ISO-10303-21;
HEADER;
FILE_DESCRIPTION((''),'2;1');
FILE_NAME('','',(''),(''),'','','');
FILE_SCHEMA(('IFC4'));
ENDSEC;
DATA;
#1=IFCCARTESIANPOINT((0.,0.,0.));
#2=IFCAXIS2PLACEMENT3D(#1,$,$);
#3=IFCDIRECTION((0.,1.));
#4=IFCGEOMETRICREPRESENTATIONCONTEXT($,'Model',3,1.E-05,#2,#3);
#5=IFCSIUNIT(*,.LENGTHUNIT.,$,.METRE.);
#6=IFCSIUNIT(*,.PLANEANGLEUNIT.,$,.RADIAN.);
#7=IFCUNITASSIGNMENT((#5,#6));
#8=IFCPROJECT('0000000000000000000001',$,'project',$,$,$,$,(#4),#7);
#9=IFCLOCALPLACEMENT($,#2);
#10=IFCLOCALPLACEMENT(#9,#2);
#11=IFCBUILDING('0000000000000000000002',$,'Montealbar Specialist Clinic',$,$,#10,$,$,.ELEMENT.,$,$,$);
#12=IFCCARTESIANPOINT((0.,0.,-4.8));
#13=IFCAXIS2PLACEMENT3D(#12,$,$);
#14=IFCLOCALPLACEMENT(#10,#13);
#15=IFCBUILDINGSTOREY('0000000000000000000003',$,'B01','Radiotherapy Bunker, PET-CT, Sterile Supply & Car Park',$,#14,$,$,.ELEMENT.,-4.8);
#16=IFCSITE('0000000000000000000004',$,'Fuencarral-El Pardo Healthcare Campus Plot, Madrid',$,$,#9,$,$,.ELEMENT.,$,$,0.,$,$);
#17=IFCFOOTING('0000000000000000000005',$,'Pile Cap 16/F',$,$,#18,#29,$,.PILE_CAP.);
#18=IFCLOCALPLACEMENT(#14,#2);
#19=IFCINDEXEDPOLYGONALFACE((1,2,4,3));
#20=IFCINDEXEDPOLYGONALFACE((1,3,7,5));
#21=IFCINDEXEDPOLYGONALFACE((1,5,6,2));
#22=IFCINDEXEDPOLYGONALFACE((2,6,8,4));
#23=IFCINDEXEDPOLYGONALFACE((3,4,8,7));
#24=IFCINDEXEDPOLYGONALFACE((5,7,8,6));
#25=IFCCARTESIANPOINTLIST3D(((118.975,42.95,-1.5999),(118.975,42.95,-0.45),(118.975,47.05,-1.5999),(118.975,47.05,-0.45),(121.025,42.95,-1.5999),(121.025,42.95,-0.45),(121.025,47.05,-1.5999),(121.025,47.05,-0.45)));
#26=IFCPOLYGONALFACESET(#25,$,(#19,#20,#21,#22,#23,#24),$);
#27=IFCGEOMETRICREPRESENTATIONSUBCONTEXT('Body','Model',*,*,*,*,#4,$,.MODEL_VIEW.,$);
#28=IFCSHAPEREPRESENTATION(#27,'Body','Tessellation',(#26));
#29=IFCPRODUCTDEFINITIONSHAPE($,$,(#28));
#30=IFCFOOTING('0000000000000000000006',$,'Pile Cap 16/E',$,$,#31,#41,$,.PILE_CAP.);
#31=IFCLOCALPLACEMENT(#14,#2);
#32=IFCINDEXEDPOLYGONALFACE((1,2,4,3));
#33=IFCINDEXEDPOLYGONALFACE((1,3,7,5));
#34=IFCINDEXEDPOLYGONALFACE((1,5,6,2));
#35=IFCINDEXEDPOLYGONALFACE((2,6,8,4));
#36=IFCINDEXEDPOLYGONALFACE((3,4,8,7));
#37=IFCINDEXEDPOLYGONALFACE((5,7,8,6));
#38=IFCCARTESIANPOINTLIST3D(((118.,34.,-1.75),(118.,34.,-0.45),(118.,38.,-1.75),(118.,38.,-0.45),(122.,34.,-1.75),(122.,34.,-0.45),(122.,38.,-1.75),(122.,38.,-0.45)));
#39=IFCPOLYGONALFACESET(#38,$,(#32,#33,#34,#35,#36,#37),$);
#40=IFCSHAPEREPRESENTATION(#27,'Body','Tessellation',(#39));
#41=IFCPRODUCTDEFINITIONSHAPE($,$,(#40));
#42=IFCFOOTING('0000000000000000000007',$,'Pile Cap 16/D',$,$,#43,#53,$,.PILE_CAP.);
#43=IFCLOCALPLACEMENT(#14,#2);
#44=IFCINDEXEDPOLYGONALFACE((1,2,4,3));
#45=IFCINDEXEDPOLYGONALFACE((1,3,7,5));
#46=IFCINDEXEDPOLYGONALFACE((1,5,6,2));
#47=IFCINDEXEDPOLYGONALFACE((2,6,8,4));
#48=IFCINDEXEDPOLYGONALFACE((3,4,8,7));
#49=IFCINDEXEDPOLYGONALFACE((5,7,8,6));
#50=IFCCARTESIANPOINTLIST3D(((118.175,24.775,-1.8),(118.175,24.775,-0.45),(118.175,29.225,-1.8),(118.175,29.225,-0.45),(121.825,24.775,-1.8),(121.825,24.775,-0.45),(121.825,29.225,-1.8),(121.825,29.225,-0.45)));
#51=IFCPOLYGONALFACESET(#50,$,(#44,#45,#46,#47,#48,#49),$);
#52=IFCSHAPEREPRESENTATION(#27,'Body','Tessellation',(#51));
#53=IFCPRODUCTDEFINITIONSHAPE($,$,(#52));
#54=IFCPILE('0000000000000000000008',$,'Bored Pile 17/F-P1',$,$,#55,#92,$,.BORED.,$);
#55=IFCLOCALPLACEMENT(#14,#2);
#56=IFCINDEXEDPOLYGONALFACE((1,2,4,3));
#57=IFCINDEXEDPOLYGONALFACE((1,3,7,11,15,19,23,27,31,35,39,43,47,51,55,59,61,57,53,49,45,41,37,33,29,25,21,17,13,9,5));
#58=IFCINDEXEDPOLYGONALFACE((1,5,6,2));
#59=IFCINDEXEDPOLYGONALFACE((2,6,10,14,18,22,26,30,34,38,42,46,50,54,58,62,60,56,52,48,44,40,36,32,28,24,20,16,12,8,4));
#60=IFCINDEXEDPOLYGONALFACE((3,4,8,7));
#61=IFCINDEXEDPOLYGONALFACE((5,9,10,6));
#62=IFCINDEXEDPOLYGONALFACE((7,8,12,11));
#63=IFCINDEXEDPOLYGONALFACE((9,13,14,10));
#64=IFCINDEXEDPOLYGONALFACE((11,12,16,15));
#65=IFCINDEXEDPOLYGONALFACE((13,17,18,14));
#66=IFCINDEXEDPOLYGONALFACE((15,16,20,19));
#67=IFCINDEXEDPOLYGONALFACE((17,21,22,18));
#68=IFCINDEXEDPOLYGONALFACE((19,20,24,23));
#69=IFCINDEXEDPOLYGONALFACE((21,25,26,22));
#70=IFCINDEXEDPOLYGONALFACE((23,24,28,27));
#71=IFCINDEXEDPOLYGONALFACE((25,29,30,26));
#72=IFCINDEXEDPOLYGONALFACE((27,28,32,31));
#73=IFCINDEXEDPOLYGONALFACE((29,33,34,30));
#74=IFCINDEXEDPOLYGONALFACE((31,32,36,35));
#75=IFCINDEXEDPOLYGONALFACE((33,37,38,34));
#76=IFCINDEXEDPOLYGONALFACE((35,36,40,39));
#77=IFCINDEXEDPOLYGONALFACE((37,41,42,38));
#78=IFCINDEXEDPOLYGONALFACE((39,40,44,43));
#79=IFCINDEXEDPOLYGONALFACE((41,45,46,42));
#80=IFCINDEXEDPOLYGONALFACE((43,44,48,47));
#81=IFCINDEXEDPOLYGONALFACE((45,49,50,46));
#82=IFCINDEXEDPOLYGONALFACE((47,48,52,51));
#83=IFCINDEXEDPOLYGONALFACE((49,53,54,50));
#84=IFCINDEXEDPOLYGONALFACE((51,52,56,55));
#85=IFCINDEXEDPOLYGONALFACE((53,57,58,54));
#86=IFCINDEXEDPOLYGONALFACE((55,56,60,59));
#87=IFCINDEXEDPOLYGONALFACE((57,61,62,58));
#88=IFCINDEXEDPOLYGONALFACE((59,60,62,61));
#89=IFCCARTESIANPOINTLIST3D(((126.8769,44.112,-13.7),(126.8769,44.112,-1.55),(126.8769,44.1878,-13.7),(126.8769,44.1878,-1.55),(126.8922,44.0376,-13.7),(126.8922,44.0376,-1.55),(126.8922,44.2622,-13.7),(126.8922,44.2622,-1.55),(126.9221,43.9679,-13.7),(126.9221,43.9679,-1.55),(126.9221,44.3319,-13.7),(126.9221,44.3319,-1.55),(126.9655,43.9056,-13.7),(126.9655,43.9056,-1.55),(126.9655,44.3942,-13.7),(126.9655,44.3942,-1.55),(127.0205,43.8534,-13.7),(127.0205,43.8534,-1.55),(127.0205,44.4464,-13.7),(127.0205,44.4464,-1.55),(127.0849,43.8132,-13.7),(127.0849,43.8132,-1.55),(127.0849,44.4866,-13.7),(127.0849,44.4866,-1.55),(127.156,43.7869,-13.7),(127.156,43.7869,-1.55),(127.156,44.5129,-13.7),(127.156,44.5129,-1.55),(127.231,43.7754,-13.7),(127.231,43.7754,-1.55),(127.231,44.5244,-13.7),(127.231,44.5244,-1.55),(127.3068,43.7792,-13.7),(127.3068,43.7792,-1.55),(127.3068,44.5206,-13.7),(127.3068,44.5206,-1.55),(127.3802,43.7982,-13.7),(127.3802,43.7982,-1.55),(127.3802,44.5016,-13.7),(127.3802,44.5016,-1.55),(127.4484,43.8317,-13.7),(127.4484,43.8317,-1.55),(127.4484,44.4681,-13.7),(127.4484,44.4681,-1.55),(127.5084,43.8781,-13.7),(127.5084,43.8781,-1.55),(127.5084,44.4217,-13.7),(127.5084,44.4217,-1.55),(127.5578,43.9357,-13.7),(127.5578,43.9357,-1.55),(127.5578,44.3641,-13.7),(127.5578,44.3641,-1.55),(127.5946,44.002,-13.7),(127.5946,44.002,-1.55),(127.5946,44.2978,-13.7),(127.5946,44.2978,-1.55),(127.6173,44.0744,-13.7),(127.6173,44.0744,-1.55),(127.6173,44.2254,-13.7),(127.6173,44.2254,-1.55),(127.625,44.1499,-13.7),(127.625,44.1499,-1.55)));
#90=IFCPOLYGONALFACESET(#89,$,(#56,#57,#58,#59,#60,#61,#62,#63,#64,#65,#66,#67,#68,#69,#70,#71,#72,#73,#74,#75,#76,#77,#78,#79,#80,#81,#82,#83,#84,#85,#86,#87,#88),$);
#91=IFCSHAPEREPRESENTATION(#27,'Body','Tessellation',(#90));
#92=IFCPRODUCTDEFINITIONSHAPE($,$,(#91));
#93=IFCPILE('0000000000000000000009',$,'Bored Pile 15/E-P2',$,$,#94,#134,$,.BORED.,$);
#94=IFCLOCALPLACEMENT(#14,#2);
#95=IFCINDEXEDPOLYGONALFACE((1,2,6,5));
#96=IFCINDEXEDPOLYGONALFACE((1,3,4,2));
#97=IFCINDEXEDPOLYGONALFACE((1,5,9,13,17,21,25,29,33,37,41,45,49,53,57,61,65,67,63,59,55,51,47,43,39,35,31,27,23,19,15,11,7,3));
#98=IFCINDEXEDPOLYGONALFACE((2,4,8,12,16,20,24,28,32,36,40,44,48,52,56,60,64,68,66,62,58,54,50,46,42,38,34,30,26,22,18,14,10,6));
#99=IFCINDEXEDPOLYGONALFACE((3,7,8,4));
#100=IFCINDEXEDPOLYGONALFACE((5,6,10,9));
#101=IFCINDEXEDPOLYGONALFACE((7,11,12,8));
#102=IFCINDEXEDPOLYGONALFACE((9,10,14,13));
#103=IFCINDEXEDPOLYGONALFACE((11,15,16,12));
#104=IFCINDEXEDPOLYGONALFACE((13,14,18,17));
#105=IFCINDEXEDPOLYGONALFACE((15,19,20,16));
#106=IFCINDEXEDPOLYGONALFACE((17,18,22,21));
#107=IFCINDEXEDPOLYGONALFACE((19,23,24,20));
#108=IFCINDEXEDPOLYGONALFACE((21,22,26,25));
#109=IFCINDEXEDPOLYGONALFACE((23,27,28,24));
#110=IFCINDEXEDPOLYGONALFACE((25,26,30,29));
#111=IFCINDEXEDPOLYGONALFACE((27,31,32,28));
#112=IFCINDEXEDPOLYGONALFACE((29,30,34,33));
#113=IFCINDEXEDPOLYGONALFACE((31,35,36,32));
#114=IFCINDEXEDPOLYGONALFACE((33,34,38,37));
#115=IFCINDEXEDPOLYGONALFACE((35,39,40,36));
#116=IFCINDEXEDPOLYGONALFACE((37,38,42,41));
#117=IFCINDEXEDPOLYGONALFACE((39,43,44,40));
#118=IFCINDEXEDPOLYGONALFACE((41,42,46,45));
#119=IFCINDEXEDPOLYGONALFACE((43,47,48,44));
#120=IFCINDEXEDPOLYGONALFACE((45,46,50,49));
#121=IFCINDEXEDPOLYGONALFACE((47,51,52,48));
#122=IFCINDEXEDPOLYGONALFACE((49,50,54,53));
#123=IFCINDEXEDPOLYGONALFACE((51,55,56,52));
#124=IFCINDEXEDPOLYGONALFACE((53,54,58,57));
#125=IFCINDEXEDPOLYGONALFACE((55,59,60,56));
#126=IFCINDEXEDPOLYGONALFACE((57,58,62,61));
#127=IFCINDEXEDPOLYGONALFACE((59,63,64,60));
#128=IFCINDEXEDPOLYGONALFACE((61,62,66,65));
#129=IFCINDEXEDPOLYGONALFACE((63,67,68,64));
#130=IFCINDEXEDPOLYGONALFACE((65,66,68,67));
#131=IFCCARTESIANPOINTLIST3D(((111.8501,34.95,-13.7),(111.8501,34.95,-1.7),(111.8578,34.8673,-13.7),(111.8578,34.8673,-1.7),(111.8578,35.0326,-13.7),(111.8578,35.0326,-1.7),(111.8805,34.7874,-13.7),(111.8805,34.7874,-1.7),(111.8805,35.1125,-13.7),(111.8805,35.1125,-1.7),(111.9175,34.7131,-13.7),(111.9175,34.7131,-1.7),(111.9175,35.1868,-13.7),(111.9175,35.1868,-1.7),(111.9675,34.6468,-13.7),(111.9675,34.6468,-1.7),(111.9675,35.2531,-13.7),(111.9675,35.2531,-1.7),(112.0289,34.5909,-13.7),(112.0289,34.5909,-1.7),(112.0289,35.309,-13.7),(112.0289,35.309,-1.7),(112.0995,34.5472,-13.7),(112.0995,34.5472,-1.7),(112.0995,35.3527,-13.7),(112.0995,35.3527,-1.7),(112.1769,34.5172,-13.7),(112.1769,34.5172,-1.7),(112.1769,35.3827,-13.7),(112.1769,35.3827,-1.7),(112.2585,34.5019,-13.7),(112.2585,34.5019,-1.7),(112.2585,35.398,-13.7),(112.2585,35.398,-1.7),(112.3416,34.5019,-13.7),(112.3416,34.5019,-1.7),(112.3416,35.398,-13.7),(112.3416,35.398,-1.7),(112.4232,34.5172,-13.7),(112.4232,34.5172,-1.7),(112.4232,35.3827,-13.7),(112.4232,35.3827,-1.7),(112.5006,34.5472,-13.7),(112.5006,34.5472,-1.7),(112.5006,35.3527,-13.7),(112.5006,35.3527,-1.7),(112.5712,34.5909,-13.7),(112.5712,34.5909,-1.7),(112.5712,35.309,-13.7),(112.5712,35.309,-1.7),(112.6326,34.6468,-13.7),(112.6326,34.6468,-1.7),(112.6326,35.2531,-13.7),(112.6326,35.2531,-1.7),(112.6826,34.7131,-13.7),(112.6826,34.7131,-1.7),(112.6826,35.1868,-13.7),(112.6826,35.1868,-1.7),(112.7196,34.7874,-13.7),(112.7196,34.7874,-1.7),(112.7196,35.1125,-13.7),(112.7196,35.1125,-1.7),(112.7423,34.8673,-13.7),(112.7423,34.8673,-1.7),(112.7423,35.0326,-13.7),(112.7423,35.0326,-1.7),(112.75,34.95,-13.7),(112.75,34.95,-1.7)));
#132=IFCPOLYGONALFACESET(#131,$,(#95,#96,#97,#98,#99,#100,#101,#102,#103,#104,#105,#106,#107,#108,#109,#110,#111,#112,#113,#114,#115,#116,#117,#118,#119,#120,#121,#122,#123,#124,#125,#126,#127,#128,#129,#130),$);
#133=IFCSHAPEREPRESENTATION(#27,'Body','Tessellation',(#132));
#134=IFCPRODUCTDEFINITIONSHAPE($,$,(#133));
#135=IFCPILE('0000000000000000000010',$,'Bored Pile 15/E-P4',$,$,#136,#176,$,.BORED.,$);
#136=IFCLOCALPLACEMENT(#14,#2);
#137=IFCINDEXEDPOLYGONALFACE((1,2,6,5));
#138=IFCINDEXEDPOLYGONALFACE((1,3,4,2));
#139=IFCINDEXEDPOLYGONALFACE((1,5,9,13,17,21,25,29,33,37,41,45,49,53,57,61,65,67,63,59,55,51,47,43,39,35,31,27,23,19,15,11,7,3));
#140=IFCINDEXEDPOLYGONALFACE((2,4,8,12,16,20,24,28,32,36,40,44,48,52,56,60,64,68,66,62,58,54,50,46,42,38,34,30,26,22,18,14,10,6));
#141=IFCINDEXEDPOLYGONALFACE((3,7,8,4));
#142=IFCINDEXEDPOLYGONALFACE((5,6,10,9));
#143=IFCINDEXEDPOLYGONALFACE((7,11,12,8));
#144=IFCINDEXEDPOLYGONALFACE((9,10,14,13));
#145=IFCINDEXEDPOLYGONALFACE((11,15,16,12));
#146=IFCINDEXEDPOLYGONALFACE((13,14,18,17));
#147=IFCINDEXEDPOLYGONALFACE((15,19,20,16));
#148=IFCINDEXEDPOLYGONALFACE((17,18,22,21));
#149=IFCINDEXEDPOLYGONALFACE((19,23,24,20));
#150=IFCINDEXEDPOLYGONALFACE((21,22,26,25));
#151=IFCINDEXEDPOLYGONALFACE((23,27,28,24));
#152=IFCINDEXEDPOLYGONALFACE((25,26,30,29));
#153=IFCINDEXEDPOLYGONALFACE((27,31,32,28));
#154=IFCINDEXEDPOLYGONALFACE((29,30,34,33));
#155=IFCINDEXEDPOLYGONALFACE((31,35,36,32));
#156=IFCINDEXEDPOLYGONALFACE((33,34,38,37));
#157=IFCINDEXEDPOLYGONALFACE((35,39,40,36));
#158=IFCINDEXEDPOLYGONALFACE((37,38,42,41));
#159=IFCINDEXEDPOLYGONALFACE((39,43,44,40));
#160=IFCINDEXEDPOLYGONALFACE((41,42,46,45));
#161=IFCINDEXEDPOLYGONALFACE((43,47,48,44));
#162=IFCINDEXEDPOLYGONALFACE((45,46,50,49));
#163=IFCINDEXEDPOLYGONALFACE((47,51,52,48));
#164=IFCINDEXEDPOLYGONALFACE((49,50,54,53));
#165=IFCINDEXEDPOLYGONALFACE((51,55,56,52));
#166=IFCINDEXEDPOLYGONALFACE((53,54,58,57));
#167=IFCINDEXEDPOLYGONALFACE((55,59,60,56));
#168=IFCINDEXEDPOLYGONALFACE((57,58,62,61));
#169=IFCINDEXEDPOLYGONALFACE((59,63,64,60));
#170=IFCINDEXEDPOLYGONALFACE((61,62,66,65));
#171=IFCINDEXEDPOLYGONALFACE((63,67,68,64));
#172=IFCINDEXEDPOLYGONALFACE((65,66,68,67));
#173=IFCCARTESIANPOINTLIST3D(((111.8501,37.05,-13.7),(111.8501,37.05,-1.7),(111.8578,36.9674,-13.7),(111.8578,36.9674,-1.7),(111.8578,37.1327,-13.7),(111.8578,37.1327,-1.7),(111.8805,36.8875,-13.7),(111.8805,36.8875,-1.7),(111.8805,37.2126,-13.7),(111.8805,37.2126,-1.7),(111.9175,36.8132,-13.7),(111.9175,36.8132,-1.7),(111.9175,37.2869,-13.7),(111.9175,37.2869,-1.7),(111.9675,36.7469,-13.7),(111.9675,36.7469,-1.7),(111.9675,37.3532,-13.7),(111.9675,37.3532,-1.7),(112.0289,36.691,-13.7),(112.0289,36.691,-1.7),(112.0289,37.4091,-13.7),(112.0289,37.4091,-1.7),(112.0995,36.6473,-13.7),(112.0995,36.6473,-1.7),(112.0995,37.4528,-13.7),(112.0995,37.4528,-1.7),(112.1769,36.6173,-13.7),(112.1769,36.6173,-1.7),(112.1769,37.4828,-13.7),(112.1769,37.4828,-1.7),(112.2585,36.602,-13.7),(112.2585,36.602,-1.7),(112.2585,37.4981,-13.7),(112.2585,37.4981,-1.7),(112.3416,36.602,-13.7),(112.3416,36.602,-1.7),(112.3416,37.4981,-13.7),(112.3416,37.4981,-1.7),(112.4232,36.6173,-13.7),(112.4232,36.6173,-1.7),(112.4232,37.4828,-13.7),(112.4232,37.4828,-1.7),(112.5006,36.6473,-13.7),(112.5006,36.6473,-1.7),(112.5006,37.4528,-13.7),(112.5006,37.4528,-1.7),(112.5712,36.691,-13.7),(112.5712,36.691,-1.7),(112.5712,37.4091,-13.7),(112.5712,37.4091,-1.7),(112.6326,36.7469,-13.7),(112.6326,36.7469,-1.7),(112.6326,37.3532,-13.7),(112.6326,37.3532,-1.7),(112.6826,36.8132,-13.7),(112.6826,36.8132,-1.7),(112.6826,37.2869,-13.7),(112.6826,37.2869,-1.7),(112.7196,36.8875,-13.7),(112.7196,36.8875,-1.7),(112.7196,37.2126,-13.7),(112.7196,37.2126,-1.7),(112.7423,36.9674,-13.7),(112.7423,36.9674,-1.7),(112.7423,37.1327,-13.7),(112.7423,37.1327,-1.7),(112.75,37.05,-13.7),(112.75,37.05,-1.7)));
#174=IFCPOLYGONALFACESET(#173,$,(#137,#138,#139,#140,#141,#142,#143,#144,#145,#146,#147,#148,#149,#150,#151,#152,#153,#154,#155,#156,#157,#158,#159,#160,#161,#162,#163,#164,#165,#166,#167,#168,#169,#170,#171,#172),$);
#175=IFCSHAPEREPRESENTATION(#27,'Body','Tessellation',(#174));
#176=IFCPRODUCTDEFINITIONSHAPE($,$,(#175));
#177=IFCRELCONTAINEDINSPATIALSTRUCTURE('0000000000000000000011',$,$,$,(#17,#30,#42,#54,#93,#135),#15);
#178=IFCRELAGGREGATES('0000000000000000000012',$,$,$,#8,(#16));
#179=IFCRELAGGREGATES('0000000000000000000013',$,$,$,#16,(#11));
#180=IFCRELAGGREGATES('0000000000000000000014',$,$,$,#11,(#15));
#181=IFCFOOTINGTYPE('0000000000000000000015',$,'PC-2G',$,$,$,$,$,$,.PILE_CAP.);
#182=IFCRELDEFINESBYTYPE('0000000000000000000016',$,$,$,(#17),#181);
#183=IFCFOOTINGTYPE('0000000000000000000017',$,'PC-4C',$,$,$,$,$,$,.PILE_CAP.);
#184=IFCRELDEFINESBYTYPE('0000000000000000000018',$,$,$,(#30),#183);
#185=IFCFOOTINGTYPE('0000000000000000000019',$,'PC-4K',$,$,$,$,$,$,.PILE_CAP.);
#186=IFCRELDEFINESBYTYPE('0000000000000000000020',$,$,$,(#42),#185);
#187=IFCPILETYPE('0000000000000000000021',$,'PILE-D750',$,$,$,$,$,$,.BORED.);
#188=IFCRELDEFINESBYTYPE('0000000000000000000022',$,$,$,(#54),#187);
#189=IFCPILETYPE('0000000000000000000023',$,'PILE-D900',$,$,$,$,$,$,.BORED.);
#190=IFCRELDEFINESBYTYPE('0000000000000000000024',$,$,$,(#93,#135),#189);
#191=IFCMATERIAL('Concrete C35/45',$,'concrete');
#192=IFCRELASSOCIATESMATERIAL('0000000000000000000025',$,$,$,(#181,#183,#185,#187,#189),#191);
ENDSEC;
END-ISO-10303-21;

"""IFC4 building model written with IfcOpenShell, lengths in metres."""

from ifc_helpers import new_model, si_unit, direction, frame, origin, origin_2d, place, context, subcontext, project, spatial, rectangle, circle, extrude, material, material_profile, profile_set, type_object, element, save


model = new_model("IFC4")

# Units and contexts
model_context = context("Model", 3, precision=1e-05, world=origin(), true_north=direction((0.0, 1.0)))
body_context = subcontext(model_context, "Body", "Model", "MODEL_VIEW")
ifc_project = project(units=[si_unit("LENGTHUNIT", "METRE"), si_unit("PLANEANGLEUNIT", "RADIAN")], contexts=[model_context])

# Site, building, storey
site_placement = place(None, origin())
site = spatial("IfcSite", under=ifc_project, at=site_placement, Name="Fuencarral-El Pardo Healthcare Campus Plot, Madrid", CompositionType="ELEMENT", RefElevation=0.0)
building_placement = place(site_placement, origin())
building = spatial("IfcBuilding", under=site, at=building_placement, Name="Montealbar Specialist Clinic", CompositionType="ELEMENT")
storey_placement = place(building_placement, frame((0.0, 0.0, -4.8)))
storey = spatial("IfcBuildingStorey", under=building, at=storey_placement, Name="B01", Description="Radiotherapy Bunker, PET-CT, Sterile Supply & Car Park", CompositionType="ELEMENT", Elevation=-4.8)

# Footings
ifc_material_1 = material(Name="Concrete C35/45", Category="concrete")
footing_type_1 = type_object("IfcFootingType", Name="PC-2G", PredefinedType="PILE_CAP", material=ifc_material_1)
footing_1_placement = place(storey_placement, frame((120.0, 45.0, -1.5999), z_axis=(0.0, 0.0, 1.0), x_axis=(1.0, 0.0, 0.0)))
element("IfcFooting", 1, at=footing_1_placement, inside=storey, type_object=footing_type_1, Name="Pile Cap 16/F", PredefinedType="PILE_CAP", context=body_context, shape_type="SweptSolid", body=[
    extrude(rectangle(XDim=2.05, YDim=4.1001, at=origin_2d()), origin(), (0.0, 0.0, 1.0), 1.1499),
])
footing_type_2 = type_object("IfcFootingType", Name="PC-4C", PredefinedType="PILE_CAP", material=ifc_material_1)
footing_2_placement = place(storey_placement, frame((120.0, 36.0, -1.75), z_axis=(0.0, 0.0, 1.0), x_axis=(1.0, 0.0, 0.0)))
element("IfcFooting", 2, at=footing_2_placement, inside=storey, type_object=footing_type_2, Name="Pile Cap 16/E", PredefinedType="PILE_CAP", context=body_context, shape_type="SweptSolid", body=[
    extrude(rectangle(XDim=4.0, YDim=4.0, at=origin_2d()), origin(), (0.0, 0.0, 1.0), 1.3),
])
footing_type_3 = type_object("IfcFootingType", Name="PC-4K", PredefinedType="PILE_CAP", material=ifc_material_1)
footing_3_placement = place(storey_placement, frame((120.0, 27.0, -1.8), z_axis=(0.0, 0.0, 1.0), x_axis=(1.0, 0.0, 0.0)))
element("IfcFooting", 3, at=footing_3_placement, inside=storey, type_object=footing_type_3, Name="Pile Cap 16/D", PredefinedType="PILE_CAP", context=body_context, shape_type="SweptSolid", body=[
    extrude(rectangle(XDim=3.6499, YDim=4.45, at=origin_2d()), origin(), (0.0, 0.0, 1.0), 1.3501),
])

# Piles
ifc_material_profile_1 = material_profile(ifc_material_1, circle(Radius=0.375, at=origin_2d()), Name="PILE D750", Category="concrete")
ifc_profile_set_1 = profile_set([ifc_material_profile_1], Name="Concrete C35/45")
pile_type_1 = type_object("IfcPileType", Name="PILE-D750", PredefinedType="BORED", material=ifc_profile_set_1)
pile_placement = place(storey_placement, frame((127.25, 44.1499, -1.55), z_axis=(0.0, 0.0, -1.0), x_axis=(1.0, 0.0, 0.0)))
element("IfcPile", 4, at=pile_placement, inside=storey, type_object=pile_type_1, Name="Bored Pile 17/F-P1", PredefinedType="BORED", context=body_context, shape_type="SweptSolid", body=[
    extrude(circle(Radius=0.375, at=origin_2d()), origin(), (0.0, 0.0, 1.0), 12.1499),
])
ifc_material_profile_2 = material_profile(ifc_material_1, circle(Radius=0.45, at=origin_2d()), Name="PILE D900", Category="concrete")
ifc_profile_set_2 = profile_set([ifc_material_profile_2], Name="Concrete C35/45")
pile_type_2 = type_object("IfcPileType", Name="PILE-D900", PredefinedType="BORED", material=ifc_profile_set_2)
for number, where, z_axis, x_axis, name in (
    (5, (112.3, 34.95, -1.7), (0.0, 0.0, -1.0), (1.0, 0.0, 0.0), "Bored Pile 15/E-P2"),
    (6, (112.3, 37.05, -1.7), (0.0, 0.0, -1.0), (1.0, 0.0, 0.0), "Bored Pile 15/E-P4"),
):
    element("IfcPile", number, at=place(storey_placement, frame(where, z_axis=z_axis, x_axis=x_axis)), inside=storey, type_object=pile_type_2, Name=name, PredefinedType="BORED", context=body_context, shape_type="SweptSolid", body=[
        extrude(circle(Radius=0.45, at=origin_2d()), origin(), (0.0, 0.0, 1.0), 12.0),
    ])

save(model, "model.ifc")
